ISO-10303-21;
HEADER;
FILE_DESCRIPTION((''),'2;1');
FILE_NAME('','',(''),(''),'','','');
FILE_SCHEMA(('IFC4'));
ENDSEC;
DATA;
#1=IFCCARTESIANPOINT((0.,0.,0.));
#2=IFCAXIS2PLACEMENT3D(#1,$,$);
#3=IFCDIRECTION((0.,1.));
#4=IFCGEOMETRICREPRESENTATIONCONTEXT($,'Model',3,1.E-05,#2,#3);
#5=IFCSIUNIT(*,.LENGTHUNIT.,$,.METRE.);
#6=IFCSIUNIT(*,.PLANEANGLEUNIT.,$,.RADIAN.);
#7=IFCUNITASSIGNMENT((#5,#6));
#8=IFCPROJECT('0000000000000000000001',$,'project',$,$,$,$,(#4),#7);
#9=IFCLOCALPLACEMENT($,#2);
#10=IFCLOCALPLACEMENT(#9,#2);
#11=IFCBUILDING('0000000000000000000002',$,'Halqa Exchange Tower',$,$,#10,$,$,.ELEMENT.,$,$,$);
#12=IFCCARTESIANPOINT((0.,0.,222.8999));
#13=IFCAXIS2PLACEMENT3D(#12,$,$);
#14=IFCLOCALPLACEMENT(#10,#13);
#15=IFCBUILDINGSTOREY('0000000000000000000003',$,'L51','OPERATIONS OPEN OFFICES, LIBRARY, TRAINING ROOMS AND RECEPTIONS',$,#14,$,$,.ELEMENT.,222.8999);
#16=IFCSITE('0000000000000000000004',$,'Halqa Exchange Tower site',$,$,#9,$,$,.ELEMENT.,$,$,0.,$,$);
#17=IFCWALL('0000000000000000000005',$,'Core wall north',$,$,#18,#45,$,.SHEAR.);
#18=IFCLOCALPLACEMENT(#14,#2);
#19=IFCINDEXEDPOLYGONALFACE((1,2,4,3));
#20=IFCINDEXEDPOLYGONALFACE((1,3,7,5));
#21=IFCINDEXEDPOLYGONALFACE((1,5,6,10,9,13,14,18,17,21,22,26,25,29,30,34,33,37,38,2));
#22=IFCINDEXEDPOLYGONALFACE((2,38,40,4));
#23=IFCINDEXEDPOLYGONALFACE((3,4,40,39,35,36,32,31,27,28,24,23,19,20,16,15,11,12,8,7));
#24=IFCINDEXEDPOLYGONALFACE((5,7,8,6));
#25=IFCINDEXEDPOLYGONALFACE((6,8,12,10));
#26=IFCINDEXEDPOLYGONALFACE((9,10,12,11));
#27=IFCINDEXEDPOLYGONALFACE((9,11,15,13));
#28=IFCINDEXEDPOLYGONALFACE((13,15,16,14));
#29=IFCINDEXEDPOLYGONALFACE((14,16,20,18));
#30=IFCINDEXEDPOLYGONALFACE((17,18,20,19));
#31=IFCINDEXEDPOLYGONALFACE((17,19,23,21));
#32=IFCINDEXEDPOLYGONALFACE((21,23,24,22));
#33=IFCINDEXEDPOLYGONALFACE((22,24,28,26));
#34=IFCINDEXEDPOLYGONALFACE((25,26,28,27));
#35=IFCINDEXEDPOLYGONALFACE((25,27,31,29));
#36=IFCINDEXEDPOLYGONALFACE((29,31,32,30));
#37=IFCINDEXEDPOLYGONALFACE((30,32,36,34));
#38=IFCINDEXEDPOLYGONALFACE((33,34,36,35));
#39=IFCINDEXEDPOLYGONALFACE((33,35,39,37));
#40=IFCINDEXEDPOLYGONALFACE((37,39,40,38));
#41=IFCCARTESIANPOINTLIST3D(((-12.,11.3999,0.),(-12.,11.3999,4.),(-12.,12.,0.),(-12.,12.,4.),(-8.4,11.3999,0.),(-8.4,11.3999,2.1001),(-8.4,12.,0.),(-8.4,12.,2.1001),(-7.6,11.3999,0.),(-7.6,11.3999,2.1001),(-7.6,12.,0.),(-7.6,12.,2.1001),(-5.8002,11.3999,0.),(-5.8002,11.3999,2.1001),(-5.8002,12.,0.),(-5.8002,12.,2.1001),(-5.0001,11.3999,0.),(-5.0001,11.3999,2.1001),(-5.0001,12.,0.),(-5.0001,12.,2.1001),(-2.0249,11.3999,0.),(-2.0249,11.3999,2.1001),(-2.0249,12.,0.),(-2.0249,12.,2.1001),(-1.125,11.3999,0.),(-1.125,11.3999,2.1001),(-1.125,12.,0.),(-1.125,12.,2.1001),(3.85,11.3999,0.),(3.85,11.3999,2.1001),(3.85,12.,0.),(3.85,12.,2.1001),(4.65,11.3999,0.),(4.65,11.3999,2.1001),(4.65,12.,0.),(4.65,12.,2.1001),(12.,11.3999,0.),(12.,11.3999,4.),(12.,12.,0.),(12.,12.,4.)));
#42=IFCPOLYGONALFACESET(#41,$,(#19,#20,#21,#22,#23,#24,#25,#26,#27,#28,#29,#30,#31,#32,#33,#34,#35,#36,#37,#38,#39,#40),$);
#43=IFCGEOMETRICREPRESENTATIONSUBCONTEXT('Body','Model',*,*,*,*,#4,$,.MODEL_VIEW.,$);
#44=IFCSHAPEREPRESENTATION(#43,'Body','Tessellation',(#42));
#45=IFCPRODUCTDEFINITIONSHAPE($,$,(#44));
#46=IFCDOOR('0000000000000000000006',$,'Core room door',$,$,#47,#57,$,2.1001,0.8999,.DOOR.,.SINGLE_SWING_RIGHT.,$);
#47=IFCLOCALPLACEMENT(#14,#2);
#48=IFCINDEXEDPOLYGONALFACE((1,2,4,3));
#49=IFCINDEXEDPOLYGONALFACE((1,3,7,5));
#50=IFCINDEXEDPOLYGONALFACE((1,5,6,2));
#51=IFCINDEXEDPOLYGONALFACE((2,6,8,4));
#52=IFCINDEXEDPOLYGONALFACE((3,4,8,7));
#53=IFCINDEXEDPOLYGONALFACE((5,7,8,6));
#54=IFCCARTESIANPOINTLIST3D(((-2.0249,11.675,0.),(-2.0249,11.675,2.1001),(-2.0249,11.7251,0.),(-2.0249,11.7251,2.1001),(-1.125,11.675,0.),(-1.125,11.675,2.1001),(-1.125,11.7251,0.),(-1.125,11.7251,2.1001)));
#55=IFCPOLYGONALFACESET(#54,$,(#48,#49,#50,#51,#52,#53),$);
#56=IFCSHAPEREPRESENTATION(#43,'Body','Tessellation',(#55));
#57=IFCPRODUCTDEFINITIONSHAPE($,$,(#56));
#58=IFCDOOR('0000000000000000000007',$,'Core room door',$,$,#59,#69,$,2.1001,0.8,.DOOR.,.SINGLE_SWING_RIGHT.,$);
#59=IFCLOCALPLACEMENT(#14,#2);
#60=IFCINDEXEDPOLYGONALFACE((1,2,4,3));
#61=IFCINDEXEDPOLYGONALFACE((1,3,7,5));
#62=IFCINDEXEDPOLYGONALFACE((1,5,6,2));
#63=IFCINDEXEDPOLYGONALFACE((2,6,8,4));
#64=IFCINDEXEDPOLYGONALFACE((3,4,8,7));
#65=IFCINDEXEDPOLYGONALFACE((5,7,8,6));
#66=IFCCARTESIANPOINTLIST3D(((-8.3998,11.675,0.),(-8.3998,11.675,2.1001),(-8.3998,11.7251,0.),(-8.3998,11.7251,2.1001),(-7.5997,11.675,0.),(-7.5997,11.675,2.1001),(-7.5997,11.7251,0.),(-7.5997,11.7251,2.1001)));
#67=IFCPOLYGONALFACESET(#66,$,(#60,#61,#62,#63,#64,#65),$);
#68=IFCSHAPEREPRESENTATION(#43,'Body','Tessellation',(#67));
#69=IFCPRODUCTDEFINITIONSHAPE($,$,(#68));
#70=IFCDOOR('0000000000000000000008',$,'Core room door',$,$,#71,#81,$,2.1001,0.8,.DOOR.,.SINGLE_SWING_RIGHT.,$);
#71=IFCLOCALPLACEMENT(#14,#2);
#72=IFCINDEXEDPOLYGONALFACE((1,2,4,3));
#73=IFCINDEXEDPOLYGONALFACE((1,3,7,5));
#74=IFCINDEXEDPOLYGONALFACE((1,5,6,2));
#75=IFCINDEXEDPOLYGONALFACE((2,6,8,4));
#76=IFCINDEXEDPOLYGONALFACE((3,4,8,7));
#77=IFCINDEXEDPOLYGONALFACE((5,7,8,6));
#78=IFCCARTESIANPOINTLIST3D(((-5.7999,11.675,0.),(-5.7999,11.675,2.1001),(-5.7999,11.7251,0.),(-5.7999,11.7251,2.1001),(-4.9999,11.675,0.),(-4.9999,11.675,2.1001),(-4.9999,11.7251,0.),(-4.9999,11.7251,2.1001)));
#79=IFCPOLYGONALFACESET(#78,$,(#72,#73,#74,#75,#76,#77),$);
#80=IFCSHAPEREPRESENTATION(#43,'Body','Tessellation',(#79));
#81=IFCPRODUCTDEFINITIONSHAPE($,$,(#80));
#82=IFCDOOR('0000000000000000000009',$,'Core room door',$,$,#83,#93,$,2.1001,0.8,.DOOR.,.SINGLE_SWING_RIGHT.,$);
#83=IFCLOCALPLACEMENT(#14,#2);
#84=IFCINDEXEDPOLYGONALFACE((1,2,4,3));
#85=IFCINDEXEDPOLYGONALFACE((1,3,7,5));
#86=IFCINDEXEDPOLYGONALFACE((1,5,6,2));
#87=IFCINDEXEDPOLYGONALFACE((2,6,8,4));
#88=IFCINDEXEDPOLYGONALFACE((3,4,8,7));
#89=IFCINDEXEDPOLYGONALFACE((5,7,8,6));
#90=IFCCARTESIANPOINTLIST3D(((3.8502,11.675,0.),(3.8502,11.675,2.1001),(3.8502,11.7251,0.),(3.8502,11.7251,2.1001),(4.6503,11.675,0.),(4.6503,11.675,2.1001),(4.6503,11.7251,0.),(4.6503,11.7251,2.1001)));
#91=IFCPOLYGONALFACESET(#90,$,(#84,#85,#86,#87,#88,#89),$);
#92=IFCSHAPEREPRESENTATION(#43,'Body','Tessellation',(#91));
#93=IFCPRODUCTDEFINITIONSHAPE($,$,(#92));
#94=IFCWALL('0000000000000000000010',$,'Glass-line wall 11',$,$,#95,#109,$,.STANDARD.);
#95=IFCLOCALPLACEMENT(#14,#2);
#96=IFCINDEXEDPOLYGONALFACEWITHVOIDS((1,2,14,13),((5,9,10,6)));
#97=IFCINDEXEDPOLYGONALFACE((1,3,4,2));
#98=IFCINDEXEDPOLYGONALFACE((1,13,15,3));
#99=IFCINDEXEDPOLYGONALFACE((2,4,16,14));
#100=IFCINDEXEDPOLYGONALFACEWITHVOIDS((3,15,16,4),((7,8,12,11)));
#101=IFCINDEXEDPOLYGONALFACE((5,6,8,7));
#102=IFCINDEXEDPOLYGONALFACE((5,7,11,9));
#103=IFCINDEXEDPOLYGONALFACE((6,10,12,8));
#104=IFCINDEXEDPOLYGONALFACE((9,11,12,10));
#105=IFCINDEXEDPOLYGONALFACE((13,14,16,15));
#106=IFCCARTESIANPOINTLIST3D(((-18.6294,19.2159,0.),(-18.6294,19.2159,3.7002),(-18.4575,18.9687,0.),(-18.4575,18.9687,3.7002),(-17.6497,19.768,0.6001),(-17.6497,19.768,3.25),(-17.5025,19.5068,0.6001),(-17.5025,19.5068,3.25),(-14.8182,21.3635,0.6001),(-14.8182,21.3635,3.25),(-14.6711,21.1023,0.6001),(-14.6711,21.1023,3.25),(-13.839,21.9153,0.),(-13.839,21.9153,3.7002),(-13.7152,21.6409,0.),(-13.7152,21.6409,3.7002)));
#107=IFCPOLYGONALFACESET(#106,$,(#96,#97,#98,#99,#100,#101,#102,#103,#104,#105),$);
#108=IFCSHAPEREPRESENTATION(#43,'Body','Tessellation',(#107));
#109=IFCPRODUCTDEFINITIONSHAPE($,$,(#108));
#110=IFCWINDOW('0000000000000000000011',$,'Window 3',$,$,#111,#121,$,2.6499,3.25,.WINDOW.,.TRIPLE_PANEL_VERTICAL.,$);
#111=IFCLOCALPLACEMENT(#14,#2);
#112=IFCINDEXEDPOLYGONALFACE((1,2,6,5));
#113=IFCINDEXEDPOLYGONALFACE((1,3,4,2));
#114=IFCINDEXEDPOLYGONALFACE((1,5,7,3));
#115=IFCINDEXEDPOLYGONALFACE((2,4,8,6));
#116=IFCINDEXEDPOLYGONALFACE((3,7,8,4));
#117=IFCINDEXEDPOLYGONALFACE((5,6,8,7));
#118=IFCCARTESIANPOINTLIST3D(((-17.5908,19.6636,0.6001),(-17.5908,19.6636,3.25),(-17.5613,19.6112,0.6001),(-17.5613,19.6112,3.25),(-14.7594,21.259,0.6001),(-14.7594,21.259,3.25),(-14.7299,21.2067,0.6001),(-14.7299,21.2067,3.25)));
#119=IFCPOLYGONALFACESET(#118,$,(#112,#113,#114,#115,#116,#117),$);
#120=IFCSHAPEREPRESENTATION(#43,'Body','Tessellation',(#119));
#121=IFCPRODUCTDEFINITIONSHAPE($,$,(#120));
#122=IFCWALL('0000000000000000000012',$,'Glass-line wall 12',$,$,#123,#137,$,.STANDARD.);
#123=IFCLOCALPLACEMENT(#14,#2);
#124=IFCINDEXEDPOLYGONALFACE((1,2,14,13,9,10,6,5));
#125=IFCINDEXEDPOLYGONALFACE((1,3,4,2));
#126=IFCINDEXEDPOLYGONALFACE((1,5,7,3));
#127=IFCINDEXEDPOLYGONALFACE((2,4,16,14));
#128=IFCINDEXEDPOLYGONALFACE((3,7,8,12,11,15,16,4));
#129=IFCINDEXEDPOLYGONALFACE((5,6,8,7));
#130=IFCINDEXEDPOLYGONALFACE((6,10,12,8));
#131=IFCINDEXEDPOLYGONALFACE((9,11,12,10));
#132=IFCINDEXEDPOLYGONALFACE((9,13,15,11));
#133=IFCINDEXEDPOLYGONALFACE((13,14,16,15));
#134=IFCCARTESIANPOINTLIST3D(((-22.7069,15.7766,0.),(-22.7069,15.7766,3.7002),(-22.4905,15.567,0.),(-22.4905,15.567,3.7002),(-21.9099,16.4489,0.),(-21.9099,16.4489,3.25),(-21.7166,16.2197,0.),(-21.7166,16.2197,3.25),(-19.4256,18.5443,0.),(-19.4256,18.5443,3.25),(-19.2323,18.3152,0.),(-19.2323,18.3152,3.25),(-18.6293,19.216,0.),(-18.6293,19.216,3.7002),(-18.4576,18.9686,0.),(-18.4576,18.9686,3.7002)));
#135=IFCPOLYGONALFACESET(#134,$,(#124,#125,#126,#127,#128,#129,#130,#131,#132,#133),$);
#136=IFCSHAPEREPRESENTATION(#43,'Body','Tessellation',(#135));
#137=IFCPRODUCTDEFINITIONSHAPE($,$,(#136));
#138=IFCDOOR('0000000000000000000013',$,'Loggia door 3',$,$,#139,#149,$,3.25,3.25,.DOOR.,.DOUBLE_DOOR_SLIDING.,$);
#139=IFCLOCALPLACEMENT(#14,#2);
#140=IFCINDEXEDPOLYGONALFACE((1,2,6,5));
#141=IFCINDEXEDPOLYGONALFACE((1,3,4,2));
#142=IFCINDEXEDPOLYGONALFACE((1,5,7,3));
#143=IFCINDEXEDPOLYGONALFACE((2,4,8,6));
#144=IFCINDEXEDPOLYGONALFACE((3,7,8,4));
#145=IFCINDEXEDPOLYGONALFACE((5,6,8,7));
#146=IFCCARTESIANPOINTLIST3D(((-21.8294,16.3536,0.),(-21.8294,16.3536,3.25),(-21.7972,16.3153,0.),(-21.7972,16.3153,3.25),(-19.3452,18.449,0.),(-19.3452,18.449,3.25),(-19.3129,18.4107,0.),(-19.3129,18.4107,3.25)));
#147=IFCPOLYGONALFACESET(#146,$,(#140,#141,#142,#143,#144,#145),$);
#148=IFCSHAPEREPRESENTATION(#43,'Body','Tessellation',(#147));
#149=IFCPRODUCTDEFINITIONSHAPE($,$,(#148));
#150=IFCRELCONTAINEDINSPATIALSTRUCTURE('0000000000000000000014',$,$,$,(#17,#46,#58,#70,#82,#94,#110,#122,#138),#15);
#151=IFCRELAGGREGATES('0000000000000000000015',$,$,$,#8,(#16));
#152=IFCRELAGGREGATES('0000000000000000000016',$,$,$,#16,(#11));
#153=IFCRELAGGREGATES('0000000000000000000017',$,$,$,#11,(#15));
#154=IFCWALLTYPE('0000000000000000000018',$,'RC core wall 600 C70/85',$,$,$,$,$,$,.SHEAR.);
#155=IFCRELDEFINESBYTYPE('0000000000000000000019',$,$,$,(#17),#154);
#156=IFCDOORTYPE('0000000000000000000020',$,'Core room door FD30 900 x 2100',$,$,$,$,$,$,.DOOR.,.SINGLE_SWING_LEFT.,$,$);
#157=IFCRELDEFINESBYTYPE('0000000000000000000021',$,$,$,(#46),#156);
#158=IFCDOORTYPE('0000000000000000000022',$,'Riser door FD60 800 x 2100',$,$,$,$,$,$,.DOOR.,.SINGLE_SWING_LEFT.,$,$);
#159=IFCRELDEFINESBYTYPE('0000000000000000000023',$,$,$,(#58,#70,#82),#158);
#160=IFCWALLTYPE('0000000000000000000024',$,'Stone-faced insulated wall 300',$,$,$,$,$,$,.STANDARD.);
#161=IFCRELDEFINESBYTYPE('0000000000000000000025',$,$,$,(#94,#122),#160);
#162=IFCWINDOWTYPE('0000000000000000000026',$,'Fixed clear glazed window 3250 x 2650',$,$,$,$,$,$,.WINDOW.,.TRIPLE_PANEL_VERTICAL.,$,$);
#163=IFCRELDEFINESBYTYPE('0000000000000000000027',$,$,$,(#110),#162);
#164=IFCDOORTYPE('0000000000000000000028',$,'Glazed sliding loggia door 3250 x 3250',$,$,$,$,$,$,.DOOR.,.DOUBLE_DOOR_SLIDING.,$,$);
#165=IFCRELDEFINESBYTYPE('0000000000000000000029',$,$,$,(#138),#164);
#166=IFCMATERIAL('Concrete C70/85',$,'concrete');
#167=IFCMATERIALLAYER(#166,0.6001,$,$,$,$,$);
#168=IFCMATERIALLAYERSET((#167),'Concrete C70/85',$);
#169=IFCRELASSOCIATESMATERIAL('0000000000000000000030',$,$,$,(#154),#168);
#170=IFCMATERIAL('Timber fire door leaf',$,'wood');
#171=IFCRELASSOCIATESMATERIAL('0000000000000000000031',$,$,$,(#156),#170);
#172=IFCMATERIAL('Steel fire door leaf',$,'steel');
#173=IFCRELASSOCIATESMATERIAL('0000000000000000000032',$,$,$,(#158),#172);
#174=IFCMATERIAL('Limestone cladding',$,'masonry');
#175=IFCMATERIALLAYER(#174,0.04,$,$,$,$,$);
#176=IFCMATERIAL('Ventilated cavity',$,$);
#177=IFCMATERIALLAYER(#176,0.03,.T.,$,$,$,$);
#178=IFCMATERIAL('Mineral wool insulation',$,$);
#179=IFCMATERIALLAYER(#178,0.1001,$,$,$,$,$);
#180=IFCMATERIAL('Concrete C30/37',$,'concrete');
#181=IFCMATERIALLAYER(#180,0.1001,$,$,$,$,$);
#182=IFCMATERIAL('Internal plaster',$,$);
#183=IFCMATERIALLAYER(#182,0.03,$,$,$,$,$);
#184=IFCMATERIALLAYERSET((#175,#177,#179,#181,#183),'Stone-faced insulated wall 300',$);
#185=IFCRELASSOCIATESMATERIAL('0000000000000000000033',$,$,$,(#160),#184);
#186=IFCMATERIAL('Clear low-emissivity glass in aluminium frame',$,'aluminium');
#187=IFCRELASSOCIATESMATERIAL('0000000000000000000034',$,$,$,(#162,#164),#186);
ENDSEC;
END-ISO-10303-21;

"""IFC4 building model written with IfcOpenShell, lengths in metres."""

from ifc_helpers import new_model, si_unit, direction, frame, frame_2d, origin, place, context, subcontext, project, spatial, polyline, rectangle, outline, extrude, material, layer, layer_set, type_object, element, fill, save


model = new_model("IFC4")

# Units and contexts
model_context = context("Model", 3, precision=1e-05, world=origin(), true_north=direction((0.0, 1.0)))
body_context = subcontext(model_context, "Body", "Model", "MODEL_VIEW")
ifc_project = project(units=[si_unit("LENGTHUNIT", "METRE"), si_unit("PLANEANGLEUNIT", "RADIAN")], contexts=[model_context])

# Site, building, storey
site_placement = place(None, origin())
site = spatial("IfcSite", under=ifc_project, at=site_placement, Name="Halqa Exchange Tower site", CompositionType="ELEMENT", RefElevation=0.0)
building_placement = place(site_placement, origin())
building = spatial("IfcBuilding", under=site, at=building_placement, Name="Halqa Exchange Tower", CompositionType="ELEMENT")
storey_placement = place(building_placement, frame((0.0, 0.0, 222.8999)))
storey = spatial("IfcBuildingStorey", under=building, at=storey_placement, Name="L51", Description="OPERATIONS OPEN OFFICES, LIBRARY, TRAINING ROOMS AND RECEPTIONS", CompositionType="ELEMENT", Elevation=222.8999)

# Wall, openings, doors
ifc_material_1 = material(Name="Steel fire door leaf", Category="steel")
ifc_material_2 = material(Name="Concrete C70/85", Category="concrete")
ifc_layer_1 = layer(ifc_material_2, 0.6001)
ifc_layer_set_1 = layer_set([ifc_layer_1], Name="Concrete C70/85")
wall_type_1 = type_object("IfcWallType", Name="RC core wall 600 C70/85", PredefinedType="SHEAR", material=ifc_layer_set_1)
wall_1_placement = place(storey_placement, frame((-12.0, 11.7, 0.0), z_axis=(0.0, 0.0, 1.0), x_axis=(1.0, 0.0, 0.0)))
wall_1 = element("IfcWall", 1, at=wall_1_placement, inside=storey, type_object=wall_type_1, Name="Core wall north", PredefinedType="SHEAR", context=body_context, shape_type="SweptSolid", body=[
    extrude(rectangle(XDim=24.0, YDim=0.6001, at=frame_2d((12.0, 0.0))), origin(), (0.0, 0.0, 1.0), 4.0),
])
opening_1_placement = place(wall_1_placement, frame((9.9751, 0.0, 0.0)))
opening_1 = element("IfcOpeningElement", 2, at=opening_1_placement, cuts=wall_1, PredefinedType="OPENING", context=body_context, shape_type="SweptSolid", body=[
    extrude(rectangle(XDim=0.8999, YDim=2.1001, at=frame_2d((0.45, 1.05))), frame((0.0, 0.312, 0.0), z_axis=(0.0, -1.0, 0.0), x_axis=(1.0, 0.0, 0.0)), (0.0, 0.0, 1.0), 0.624),
])
opening_2_placement = place(wall_1_placement, frame((3.6001, 0.0, 0.0)))
opening_2 = element("IfcOpeningElement", 3, at=opening_2_placement, cuts=wall_1, PredefinedType="OPENING", context=body_context, shape_type="SweptSolid", body=[
    extrude(rectangle(XDim=0.8, YDim=2.1001, at=frame_2d((0.3999, 1.05))), frame((0.0, 0.312, 0.0), z_axis=(0.0, -1.0, 0.0), x_axis=(1.0, 0.0, 0.0)), (0.0, 0.0, 1.0), 0.624),
])
opening_3_placement = place(wall_1_placement, frame((6.2, 0.0, 0.0)))
opening_3 = element("IfcOpeningElement", 4, at=opening_3_placement, cuts=wall_1, PredefinedType="OPENING", context=body_context, shape_type="SweptSolid", body=[
    extrude(rectangle(XDim=0.8, YDim=2.1001, at=frame_2d((0.3999, 1.05))), frame((0.0, 0.312, 0.0), z_axis=(0.0, -1.0, 0.0), x_axis=(1.0, 0.0, 0.0)), (0.0, 0.0, 1.0), 0.624),
])
opening_4_placement = place(wall_1_placement, frame((15.8501, 0.0, 0.0)))
opening_4 = element("IfcOpeningElement", 5, at=opening_4_placement, cuts=wall_1, PredefinedType="OPENING", context=body_context, shape_type="SweptSolid", body=[
    extrude(rectangle(XDim=0.8, YDim=2.1001, at=frame_2d((0.3999, 1.05))), frame((0.0, 0.312, 0.0), z_axis=(0.0, -1.0, 0.0), x_axis=(1.0, 0.0, 0.0)), (0.0, 0.0, 1.0), 0.624),
])
ifc_material_3 = material(Name="Timber fire door leaf", Category="wood")
door_type_1 = type_object("IfcDoorType", Name="Core room door FD30 900 x 2100", OperationType="SINGLE_SWING_LEFT", PredefinedType="DOOR", material=ifc_material_3)
door_1_placement = place(opening_1_placement, frame((0.8999, 0.0, 0.0), z_axis=(0.0, 0.0, 1.0), x_axis=(-1.0, 0.0, 0.0)))
door_1 = element("IfcDoor", 6, at=door_1_placement, inside=storey, type_object=door_type_1, Name="Core room door", OperationType="SINGLE_SWING_RIGHT", OverallHeight=2.1001, OverallWidth=0.8999, PredefinedType="DOOR", context=body_context, shape_type="SweptSolid", body=[
    extrude(rectangle(XDim=0.8999, YDim=2.1001, at=frame_2d((0.45, 1.05))), frame((0.0, 0.0249, 0.0), z_axis=(0.0, -1.0, 0.0), x_axis=(1.0, 0.0, 0.0)), (0.0, 0.0, 1.0), 0.05),
])
fill(opening_1, door_1)
door_type_2 = type_object("IfcDoorType", Name="Riser door FD60 800 x 2100", OperationType="SINGLE_SWING_LEFT", PredefinedType="DOOR", material=ifc_material_1)
door_2_placement = place(opening_2_placement, frame((0.8, 0.0, 0.0), z_axis=(0.0, 0.0, 1.0), x_axis=(-1.0, 0.0, 0.0)))
door_2 = element("IfcDoor", 7, at=door_2_placement, inside=storey, type_object=door_type_2, Name="Core room door", OperationType="SINGLE_SWING_RIGHT", OverallHeight=2.1001, OverallWidth=0.8, PredefinedType="DOOR", context=body_context, shape_type="SweptSolid", body=[
    extrude(rectangle(XDim=0.8, YDim=2.1001, at=frame_2d((0.3999, 1.05))), frame((0.0, 0.0249, 0.0), z_axis=(0.0, -1.0, 0.0), x_axis=(1.0, 0.0, 0.0)), (0.0, 0.0, 1.0), 0.05),
])
fill(opening_2, door_2)
door_3_placement = place(opening_3_placement, frame((0.8, 0.0, 0.0), z_axis=(0.0, 0.0, 1.0), x_axis=(-1.0, 0.0, 0.0)))
door_3 = element("IfcDoor", 8, at=door_3_placement, inside=storey, type_object=door_type_2, Name="Core room door", OperationType="SINGLE_SWING_RIGHT", OverallHeight=2.1001, OverallWidth=0.8, PredefinedType="DOOR", context=body_context, shape_type="SweptSolid", body=[
    extrude(rectangle(XDim=0.8, YDim=2.1001, at=frame_2d((0.3999, 1.05))), frame((0.0, 0.0249, 0.0), z_axis=(0.0, -1.0, 0.0), x_axis=(1.0, 0.0, 0.0)), (0.0, 0.0, 1.0), 0.05),
])
fill(opening_3, door_3)
door_4_placement = place(opening_4_placement, frame((0.8, 0.0, 0.0), z_axis=(0.0, 0.0, 1.0), x_axis=(-1.0, 0.0, 0.0)))
door_4 = element("IfcDoor", 9, at=door_4_placement, inside=storey, type_object=door_type_2, Name="Core room door", OperationType="SINGLE_SWING_RIGHT", OverallHeight=2.1001, OverallWidth=0.8, PredefinedType="DOOR", context=body_context, shape_type="SweptSolid", body=[
    extrude(rectangle(XDim=0.8, YDim=2.1001, at=frame_2d((0.3999, 1.05))), frame((0.0, 0.0249, 0.0), z_axis=(0.0, -1.0, 0.0), x_axis=(1.0, 0.0, 0.0)), (0.0, 0.0, 1.0), 0.05),
])
fill(opening_4, door_4)

# Wall, opening, window
ifc_material_4 = material(Name="Limestone cladding", Category="masonry")
ifc_layer_2 = layer(ifc_material_4, 0.04)
ifc_material_5 = material(Name="Ventilated cavity")
ifc_layer_3 = layer(ifc_material_5, 0.03, ventilated=True)
ifc_material_6 = material(Name="Mineral wool insulation")
ifc_layer_4 = layer(ifc_material_6, 0.1001)
ifc_material_7 = material(Name="Concrete C30/37", Category="concrete")
ifc_layer_5 = layer(ifc_material_7, 0.1001)
ifc_material_8 = material(Name="Internal plaster")
ifc_layer_6 = layer(ifc_material_8, 0.03)
ifc_layer_set_2 = layer_set([ifc_layer_2, ifc_layer_3, ifc_layer_4, ifc_layer_5, ifc_layer_6], Name="Stone-faced insulated wall 300")
wall_type_2 = type_object("IfcWallType", Name="Stone-faced insulated wall 300", PredefinedType="STANDARD", material=ifc_layer_set_2)
wall_2_placement = place(storey_placement, frame((-13.7771, 21.7781, 0.0), z_axis=(0.0, 0.0, 1.0), x_axis=(-0.871207, -0.490916, 0.0)))
wall_2 = element("IfcWall", 10, at=wall_2_placement, inside=storey, type_object=wall_type_2, Name="Glass-line wall 11", PredefinedType="STANDARD", context=body_context, shape_type="SweptSolid", body=[
    extrude(outline(polyline([(-0.0134, -0.1499), (5.4851, -0.1499), (5.4568, 0.1499), (0.0134, 0.1499), (-0.0134, -0.1499)])), origin(), (0.0, 0.0, 1.0), 3.7002),
])
opening_5_placement = place(wall_2_placement, frame((1.1106, 0.0, 0.6001)))
opening_5 = element("IfcOpeningElement", 11, at=opening_5_placement, cuts=wall_2, PredefinedType="OPENING", context=body_context, shape_type="SweptSolid", body=[
    extrude(rectangle(XDim=3.25, YDim=2.6499, at=frame_2d((1.625, 1.325))), frame((0.0, 0.1621, 0.0), z_axis=(0.0, -1.0, 0.0), x_axis=(1.0, 0.0, 0.0)), (0.0, 0.0, 1.0), 0.324),
])
ifc_material_9 = material(Name="Clear low-emissivity glass in aluminium frame", Category="aluminium")
window_type = type_object("IfcWindowType", Name="Fixed clear glazed window 3250 x 2650", PartitioningType="TRIPLE_PANEL_VERTICAL", PredefinedType="WINDOW", material=ifc_material_9)
window_1_placement = place(opening_5_placement, origin())
window_1 = element("IfcWindow", 12, at=window_1_placement, inside=storey, type_object=window_type, Name="Window 3", OverallHeight=2.6499, OverallWidth=3.25, PartitioningType="TRIPLE_PANEL_VERTICAL", PredefinedType="WINDOW", context=body_context, shape_type="SweptSolid", body=[
    extrude(rectangle(XDim=3.25, YDim=2.6499, at=frame_2d((1.625, 1.325))), frame((0.0, 0.03, 0.0), z_axis=(0.0, -1.0, 0.0), x_axis=(1.0, 0.0, 0.0)), (0.0, 0.0, 1.0), 0.0601),
])
fill(opening_5, window_1)

# Wall, opening, door
wall_3_placement = place(storey_placement, frame((-18.5435, 19.0923, 0.0), z_axis=(0.0, 0.0, 1.0), x_axis=(-0.764398, -0.644745, 0.0)))
wall_3 = element("IfcWall", 13, at=wall_3_placement, inside=storey, type_object=wall_type_2, Name="Glass-line wall 12", PredefinedType="STANDARD", context=body_context, shape_type="SweptSolid", body=[
    extrude(outline(polyline([(-0.0142, -0.1499), (5.3203, -0.1499), (5.29, 0.1499), (0.0142, 0.1499), (-0.0142, -0.1499)])), origin(), (0.0, 0.0, 1.0), 3.7002),
])
opening_6_placement = place(wall_3_placement, frame((1.0276, 0.0, 0.0)))
opening_6 = element("IfcOpeningElement", 14, at=opening_6_placement, cuts=wall_3, PredefinedType="OPENING", context=body_context, shape_type="SweptSolid", body=[
    extrude(rectangle(XDim=3.25, YDim=3.25, at=frame_2d((1.625, 1.625))), frame((0.0, 0.1621, 0.0), z_axis=(0.0, -1.0, 0.0), x_axis=(1.0, 0.0, 0.0)), (0.0, 0.0, 1.0), 0.324),
])
door_type_3 = type_object("IfcDoorType", Name="Glazed sliding loggia door 3250 x 3250", OperationType="DOUBLE_DOOR_SLIDING", PredefinedType="DOOR", material=ifc_material_9)
door_5_placement = place(opening_6_placement, origin())
door_5 = element("IfcDoor", 15, at=door_5_placement, inside=storey, type_object=door_type_3, Name="Loggia door 3", OperationType="DOUBLE_DOOR_SLIDING", OverallHeight=3.25, OverallWidth=3.25, PredefinedType="DOOR", context=body_context, shape_type="SweptSolid", body=[
    extrude(rectangle(XDim=3.25, YDim=3.25, at=frame_2d((1.625, 1.625))), frame((0.0, 0.0249, 0.0), z_axis=(0.0, -1.0, 0.0), x_axis=(1.0, 0.0, 0.0)), (0.0, 0.0, 1.0), 0.05),
])
fill(opening_6, door_5)

save(model, "model.ifc")
